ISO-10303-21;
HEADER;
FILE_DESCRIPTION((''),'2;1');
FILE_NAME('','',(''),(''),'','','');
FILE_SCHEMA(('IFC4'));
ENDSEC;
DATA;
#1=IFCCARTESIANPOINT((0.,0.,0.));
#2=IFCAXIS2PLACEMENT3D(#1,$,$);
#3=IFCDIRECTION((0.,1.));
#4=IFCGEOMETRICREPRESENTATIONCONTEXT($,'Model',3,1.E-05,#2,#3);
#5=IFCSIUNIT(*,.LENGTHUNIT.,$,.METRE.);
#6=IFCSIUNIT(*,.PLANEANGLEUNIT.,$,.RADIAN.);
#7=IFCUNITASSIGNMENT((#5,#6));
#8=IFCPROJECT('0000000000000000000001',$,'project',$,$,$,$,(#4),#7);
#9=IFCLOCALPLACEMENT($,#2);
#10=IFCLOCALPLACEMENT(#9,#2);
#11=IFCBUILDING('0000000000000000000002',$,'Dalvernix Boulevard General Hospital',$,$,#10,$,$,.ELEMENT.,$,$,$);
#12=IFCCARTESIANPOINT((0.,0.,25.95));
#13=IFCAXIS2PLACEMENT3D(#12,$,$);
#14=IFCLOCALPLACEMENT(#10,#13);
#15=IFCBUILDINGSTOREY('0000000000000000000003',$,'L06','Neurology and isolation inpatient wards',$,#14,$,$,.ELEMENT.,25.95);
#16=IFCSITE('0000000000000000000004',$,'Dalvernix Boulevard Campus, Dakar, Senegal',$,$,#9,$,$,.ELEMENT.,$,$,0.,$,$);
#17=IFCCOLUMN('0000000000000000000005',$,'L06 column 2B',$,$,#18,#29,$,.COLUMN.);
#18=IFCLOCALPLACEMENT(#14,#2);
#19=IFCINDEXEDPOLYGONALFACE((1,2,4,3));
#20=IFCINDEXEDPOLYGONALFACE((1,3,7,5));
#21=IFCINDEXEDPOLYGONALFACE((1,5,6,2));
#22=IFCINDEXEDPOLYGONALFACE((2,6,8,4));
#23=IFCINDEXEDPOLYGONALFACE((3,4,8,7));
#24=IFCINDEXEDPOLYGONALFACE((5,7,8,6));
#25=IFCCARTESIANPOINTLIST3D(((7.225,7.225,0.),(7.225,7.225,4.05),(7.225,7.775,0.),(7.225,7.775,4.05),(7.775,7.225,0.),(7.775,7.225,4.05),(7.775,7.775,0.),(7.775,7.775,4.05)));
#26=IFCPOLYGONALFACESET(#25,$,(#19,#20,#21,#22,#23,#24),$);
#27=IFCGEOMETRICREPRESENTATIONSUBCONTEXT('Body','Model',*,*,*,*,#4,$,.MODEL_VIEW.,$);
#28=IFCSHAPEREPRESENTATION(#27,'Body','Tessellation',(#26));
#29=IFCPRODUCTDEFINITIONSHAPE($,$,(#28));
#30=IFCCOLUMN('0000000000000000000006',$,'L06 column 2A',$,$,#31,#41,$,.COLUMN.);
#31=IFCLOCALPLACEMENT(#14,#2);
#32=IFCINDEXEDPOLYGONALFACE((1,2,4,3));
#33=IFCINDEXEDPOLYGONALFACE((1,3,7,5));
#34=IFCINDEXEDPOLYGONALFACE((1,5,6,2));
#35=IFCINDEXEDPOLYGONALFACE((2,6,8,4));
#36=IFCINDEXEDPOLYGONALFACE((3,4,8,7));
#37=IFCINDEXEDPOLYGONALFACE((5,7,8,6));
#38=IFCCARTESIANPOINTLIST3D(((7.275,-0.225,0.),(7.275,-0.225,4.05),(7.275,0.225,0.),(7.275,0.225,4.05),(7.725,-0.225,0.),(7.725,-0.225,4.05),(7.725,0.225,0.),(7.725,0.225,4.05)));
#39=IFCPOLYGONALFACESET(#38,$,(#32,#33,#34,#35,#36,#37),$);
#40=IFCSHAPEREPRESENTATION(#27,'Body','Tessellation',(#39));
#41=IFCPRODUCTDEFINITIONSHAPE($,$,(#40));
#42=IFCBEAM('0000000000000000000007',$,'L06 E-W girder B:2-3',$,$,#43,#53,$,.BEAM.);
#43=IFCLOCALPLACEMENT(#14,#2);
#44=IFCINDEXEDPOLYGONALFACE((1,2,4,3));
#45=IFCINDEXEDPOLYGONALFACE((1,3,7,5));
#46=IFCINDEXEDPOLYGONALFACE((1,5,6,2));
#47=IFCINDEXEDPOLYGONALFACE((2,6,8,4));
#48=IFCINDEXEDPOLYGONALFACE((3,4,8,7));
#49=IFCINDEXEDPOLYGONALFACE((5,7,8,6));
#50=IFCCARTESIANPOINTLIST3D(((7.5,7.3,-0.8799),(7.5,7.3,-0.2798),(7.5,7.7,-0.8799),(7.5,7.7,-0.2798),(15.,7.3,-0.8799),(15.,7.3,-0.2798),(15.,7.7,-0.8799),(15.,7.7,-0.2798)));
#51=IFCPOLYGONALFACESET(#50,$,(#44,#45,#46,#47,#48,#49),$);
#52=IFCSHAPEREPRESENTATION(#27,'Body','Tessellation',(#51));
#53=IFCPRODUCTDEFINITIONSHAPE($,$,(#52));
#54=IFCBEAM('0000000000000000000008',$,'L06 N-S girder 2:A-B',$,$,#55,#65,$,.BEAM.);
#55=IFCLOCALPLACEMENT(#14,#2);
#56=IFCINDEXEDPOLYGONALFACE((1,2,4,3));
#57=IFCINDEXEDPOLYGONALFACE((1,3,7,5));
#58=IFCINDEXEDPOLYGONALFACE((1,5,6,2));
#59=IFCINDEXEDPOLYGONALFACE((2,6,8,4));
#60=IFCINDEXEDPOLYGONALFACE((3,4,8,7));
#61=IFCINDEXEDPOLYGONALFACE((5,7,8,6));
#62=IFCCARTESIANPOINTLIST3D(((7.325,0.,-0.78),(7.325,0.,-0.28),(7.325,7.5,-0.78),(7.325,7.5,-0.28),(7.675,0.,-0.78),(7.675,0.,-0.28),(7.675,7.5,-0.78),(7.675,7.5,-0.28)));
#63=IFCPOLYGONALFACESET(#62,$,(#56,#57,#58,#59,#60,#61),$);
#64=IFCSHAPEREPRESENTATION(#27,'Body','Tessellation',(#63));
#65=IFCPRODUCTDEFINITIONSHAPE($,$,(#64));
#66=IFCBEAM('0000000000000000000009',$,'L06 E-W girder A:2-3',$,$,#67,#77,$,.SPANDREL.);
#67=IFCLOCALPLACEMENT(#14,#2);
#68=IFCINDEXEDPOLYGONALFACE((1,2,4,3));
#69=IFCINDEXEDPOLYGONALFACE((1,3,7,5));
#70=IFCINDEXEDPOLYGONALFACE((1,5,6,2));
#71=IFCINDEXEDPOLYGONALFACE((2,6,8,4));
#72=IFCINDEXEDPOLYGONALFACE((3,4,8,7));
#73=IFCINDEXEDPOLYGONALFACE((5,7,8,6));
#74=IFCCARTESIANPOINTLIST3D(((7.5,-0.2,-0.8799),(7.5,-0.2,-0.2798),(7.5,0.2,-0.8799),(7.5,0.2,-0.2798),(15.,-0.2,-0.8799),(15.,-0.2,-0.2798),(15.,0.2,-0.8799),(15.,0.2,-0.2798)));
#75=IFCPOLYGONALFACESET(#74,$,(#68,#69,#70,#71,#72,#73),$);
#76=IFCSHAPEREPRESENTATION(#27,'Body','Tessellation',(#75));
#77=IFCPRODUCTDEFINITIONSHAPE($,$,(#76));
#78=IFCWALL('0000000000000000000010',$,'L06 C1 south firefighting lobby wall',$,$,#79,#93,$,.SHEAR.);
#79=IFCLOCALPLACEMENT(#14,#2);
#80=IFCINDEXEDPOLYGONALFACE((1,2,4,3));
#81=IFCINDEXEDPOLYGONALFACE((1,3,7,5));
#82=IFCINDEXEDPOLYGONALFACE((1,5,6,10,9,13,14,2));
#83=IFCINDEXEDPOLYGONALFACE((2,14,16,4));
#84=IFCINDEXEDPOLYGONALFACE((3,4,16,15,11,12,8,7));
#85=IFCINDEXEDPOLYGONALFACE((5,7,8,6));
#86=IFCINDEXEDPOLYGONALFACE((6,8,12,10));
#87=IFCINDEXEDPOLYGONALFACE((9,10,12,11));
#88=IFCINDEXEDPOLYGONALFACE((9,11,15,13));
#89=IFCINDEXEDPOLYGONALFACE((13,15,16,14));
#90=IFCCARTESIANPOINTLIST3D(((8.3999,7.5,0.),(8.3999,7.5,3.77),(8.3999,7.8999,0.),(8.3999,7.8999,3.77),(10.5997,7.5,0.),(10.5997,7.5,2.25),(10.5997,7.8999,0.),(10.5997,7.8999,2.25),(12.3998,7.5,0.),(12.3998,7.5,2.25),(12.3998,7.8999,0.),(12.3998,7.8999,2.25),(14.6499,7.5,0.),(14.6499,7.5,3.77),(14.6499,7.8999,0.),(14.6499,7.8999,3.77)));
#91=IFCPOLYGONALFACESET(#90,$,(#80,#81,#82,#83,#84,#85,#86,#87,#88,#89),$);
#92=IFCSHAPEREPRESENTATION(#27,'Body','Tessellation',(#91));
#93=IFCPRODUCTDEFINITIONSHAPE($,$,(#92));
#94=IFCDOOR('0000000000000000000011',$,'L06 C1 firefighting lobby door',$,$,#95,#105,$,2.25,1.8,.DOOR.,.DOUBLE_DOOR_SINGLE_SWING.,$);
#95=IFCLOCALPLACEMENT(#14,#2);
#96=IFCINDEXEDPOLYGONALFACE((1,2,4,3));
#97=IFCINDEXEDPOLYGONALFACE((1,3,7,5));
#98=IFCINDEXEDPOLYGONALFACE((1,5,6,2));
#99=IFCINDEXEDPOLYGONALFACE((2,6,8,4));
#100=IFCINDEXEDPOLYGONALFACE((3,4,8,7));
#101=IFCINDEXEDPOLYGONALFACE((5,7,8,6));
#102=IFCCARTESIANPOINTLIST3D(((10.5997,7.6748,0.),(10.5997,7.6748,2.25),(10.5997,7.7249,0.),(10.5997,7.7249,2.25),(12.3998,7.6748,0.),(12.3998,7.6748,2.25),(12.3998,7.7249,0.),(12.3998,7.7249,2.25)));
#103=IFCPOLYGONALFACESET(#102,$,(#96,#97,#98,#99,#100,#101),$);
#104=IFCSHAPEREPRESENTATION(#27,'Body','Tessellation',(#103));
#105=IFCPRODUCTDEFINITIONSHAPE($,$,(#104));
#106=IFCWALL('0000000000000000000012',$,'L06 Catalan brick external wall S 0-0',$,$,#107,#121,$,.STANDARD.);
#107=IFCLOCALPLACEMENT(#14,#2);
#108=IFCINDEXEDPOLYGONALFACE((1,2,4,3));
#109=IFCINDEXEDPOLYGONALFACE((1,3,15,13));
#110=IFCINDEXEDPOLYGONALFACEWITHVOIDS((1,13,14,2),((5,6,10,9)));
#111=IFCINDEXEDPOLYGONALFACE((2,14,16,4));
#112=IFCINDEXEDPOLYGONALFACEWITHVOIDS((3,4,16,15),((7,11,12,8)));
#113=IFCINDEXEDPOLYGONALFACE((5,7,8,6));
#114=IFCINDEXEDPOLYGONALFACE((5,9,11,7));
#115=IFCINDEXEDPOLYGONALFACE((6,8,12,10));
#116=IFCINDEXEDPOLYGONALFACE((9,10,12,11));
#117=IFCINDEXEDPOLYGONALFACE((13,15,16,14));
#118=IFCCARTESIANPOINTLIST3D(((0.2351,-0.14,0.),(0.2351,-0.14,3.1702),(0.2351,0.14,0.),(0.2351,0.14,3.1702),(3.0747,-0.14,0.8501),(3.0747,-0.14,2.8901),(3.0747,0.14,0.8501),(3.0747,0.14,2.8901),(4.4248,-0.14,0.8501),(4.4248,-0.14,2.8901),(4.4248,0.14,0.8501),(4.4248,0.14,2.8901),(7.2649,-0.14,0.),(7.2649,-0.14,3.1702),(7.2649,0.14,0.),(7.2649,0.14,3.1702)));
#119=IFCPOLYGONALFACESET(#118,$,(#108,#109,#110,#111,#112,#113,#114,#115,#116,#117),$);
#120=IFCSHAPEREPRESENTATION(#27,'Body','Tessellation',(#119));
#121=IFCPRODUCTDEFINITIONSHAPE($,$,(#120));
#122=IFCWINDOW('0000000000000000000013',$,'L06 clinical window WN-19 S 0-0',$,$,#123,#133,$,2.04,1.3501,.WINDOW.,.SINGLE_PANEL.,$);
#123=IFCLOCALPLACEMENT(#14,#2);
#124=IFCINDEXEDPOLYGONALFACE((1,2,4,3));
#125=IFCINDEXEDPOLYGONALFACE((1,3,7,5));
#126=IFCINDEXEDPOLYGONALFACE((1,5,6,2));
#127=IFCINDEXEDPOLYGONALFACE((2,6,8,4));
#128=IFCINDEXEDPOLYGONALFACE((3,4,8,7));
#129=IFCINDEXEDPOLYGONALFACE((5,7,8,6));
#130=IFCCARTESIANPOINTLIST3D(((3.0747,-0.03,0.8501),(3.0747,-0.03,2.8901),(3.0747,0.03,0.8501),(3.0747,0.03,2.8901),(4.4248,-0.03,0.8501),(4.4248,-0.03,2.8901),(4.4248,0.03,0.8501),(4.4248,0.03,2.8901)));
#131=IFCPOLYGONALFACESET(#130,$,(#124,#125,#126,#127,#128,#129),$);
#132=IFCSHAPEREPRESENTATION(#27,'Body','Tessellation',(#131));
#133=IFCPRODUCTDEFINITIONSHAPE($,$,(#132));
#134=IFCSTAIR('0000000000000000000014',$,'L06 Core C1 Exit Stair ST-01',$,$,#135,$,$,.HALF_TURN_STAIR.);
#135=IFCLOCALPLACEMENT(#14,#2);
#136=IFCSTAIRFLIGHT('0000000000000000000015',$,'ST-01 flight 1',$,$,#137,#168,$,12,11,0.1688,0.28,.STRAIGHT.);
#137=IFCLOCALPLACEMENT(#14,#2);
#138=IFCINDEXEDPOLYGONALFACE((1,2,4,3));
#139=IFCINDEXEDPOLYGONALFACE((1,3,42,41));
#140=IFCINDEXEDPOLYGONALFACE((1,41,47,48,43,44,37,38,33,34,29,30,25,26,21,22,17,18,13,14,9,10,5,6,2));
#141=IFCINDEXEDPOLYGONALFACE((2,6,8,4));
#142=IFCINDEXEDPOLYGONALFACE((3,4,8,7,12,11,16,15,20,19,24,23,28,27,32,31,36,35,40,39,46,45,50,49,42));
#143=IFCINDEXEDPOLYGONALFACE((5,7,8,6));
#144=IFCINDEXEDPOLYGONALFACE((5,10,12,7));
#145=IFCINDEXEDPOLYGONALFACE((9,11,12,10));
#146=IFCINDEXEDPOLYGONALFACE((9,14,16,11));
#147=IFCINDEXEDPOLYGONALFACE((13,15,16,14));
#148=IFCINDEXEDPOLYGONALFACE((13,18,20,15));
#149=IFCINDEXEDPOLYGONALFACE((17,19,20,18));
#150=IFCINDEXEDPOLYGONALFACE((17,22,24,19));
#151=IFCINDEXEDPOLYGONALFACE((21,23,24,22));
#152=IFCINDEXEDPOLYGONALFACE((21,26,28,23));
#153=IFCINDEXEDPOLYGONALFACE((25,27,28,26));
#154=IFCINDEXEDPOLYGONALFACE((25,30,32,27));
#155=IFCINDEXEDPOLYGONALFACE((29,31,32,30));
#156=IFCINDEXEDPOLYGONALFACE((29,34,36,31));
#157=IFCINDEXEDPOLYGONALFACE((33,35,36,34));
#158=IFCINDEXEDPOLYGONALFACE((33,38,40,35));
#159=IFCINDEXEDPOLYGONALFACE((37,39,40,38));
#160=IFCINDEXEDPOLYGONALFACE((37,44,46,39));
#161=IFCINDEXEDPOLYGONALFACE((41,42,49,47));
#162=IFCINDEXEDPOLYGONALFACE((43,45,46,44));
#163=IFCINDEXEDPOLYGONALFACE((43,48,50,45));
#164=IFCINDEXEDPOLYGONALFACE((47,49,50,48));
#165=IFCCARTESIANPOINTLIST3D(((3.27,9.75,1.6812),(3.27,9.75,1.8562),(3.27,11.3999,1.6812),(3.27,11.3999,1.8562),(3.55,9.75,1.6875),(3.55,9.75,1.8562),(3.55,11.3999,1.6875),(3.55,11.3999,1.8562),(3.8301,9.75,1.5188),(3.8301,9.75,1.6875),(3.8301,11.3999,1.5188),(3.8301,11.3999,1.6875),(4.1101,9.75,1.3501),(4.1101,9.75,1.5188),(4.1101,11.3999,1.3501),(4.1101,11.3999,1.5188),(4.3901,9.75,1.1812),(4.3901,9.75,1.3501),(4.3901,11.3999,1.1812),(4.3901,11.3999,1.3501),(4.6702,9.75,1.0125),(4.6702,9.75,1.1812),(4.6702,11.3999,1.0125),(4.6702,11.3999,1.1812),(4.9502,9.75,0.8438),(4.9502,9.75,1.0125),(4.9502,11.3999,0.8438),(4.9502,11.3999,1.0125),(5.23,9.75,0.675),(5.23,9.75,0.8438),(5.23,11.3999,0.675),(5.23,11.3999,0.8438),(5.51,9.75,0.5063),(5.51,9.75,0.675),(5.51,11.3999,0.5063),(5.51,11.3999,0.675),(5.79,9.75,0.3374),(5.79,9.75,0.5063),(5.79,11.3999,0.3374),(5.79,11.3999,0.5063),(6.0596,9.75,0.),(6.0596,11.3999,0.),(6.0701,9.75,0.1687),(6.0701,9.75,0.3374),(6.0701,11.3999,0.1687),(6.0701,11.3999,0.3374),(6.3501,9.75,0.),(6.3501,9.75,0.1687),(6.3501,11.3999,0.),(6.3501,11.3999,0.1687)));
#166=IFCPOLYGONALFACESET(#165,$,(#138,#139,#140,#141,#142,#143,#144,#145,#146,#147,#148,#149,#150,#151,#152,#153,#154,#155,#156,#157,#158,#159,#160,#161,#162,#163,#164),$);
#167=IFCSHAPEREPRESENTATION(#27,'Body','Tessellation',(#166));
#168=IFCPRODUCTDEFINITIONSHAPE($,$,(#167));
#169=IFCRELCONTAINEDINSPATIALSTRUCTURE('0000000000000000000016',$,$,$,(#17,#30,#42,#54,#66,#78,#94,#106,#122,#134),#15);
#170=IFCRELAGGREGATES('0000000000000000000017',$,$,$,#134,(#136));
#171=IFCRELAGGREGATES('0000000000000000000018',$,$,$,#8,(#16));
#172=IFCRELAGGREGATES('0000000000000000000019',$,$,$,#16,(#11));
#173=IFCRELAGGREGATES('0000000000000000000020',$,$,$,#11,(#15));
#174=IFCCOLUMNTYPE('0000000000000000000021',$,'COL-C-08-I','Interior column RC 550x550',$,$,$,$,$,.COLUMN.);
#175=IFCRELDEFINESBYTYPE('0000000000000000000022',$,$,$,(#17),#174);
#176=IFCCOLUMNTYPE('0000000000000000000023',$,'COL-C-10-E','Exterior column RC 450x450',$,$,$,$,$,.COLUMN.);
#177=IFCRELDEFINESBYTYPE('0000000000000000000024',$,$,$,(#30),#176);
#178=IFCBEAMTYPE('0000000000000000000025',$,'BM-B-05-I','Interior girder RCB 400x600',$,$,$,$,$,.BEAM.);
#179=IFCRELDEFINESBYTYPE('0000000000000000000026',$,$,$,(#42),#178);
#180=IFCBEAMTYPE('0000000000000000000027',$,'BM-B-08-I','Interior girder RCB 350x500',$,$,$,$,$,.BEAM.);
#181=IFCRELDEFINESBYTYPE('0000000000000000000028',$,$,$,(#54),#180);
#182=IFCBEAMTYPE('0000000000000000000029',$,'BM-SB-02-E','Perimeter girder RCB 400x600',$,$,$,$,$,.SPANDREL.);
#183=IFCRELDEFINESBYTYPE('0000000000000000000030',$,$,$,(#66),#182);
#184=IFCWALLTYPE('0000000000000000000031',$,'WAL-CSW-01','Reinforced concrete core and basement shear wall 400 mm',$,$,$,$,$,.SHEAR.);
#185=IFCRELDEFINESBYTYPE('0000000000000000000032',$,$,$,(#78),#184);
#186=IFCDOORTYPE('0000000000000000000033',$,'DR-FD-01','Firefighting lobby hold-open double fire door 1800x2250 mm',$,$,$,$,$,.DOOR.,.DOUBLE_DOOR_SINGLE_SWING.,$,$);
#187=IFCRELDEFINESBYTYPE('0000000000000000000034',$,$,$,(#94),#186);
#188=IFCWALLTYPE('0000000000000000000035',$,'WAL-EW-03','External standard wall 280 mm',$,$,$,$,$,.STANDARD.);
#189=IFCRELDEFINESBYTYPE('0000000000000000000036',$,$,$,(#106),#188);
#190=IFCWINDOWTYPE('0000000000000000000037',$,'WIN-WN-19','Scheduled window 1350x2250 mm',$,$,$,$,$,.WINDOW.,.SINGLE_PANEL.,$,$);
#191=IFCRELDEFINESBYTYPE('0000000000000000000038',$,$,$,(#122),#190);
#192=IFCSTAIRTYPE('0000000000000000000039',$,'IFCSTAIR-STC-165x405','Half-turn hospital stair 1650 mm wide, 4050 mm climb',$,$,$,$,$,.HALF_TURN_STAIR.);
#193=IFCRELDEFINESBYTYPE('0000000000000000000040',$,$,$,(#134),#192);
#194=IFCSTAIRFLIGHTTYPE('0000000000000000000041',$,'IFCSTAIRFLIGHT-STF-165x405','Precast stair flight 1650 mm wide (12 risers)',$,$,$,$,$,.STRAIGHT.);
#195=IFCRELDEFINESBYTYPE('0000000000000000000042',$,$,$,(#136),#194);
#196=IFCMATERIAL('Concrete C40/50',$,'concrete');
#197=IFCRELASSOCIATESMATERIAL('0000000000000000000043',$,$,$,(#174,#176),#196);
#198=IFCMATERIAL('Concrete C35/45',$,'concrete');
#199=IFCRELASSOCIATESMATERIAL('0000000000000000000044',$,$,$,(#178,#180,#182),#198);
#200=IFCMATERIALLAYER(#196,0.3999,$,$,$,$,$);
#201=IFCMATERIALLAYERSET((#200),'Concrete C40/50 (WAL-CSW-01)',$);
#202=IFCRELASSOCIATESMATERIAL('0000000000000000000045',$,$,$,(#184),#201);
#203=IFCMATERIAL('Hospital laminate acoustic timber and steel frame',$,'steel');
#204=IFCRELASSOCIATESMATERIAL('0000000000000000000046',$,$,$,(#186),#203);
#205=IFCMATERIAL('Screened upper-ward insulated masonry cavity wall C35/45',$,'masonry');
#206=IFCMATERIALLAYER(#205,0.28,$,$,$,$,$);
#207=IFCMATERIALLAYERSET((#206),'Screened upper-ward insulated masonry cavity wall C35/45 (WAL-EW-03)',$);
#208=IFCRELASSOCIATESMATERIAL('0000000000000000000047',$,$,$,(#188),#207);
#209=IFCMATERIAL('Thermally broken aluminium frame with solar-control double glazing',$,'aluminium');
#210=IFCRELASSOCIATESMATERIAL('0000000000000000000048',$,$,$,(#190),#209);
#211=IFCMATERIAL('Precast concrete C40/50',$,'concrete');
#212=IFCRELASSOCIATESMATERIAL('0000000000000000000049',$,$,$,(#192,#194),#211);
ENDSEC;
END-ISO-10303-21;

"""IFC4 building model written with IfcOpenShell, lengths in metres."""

from ifc_helpers import new_model, si_unit, direction, frame, frame_2d, origin, origin_2d, place, context, subcontext, project, spatial, polyline, rectangle, outline, extrude, material, layer, layer_set, material_profile, profile_set, type_object, element, fill, aggregate, save


model = new_model("IFC4")

# Units and contexts
model_context = context("Model", 3, precision=1e-05, world=origin(), true_north=direction((0.0, 1.0)))
body_context = subcontext(model_context, "Body", "Model", "MODEL_VIEW")
ifc_project = project(units=[si_unit("LENGTHUNIT", "METRE"), si_unit("PLANEANGLEUNIT", "RADIAN")], contexts=[model_context])

# Site, building, storey
site_placement = place(None, origin())
site = spatial("IfcSite", under=ifc_project, at=site_placement, Name="Dalvernix Boulevard Campus, Dakar, Senegal", CompositionType="ELEMENT", RefElevation=0.0)
building_placement = place(site_placement, origin())
building = spatial("IfcBuilding", under=site, at=building_placement, Name="Dalvernix Boulevard General Hospital", CompositionType="ELEMENT")
storey_placement = place(building_placement, frame((0.0, 0.0, 25.95)))
storey = spatial("IfcBuildingStorey", under=building, at=storey_placement, Name="L06", Description="Neurology and isolation inpatient wards", CompositionType="ELEMENT", Elevation=25.95)

# Columns
ifc_material_1 = material(Name="Concrete C40/50", Category="concrete")
ifc_material_profile_1 = material_profile(ifc_material_1, rectangle(XDim=0.55, YDim=0.55, at=origin_2d()), Name="RC 550x550")
ifc_profile_set_1 = profile_set([ifc_material_profile_1], Name="Concrete C40/50")
column_type_1 = type_object("IfcColumnType", Name="COL-C-08-I", Description="Interior column RC 550x550", PredefinedType="COLUMN", material=ifc_profile_set_1)
column_1_placement = place(storey_placement, frame((7.5, 7.5, 0.0), z_axis=(0.0, 0.0, 1.0), x_axis=(1.0, 0.0, 0.0)))
element("IfcColumn", 1, at=column_1_placement, inside=storey, type_object=column_type_1, Name="L06 column 2B", PredefinedType="COLUMN", context=body_context, shape_type="SweptSolid", body=[
    extrude(rectangle(XDim=0.55, YDim=0.55, at=origin_2d()), origin(), (0.0, 0.0, 1.0), 4.05),
])
ifc_material_profile_2 = material_profile(ifc_material_1, rectangle(XDim=0.45, YDim=0.45, at=origin_2d()), Name="RC 450x450")
ifc_profile_set_2 = profile_set([ifc_material_profile_2], Name="Concrete C40/50")
column_type_2 = type_object("IfcColumnType", Name="COL-C-10-E", Description="Exterior column RC 450x450", PredefinedType="COLUMN", material=ifc_profile_set_2)
column_2_placement = place(storey_placement, frame((7.5, 0.0, 0.0), z_axis=(0.0, 0.0, 1.0), x_axis=(1.0, 0.0, 0.0)))
element("IfcColumn", 2, at=column_2_placement, inside=storey, type_object=column_type_2, Name="L06 column 2A", PredefinedType="COLUMN", context=body_context, shape_type="SweptSolid", body=[
    extrude(rectangle(XDim=0.45, YDim=0.45, at=origin_2d()), origin(), (0.0, 0.0, 1.0), 4.05),
])

# Beams
ifc_material_2 = material(Name="Concrete C35/45", Category="concrete")
ifc_material_profile_3 = material_profile(ifc_material_2, rectangle(XDim=0.3999, YDim=0.6001, at=origin_2d()), Name="RCB 400x600")
ifc_profile_set_3 = profile_set([ifc_material_profile_3], Name="Concrete C35/45")
beam_type_1 = type_object("IfcBeamType", Name="BM-B-05-I", Description="Interior girder RCB 400x600", PredefinedType="BEAM", material=ifc_profile_set_3)
beam_1_placement = place(storey_placement, frame((7.5, 7.5, -0.5798), z_axis=(1.0, 0.0, 0.0), x_axis=(0.0, 1.0, 0.0)))
element("IfcBeam", 3, at=beam_1_placement, inside=storey, type_object=beam_type_1, Name="L06 E-W girder B:2-3", PredefinedType="BEAM", context=body_context, shape_type="SweptSolid", body=[
    extrude(rectangle(XDim=0.3999, YDim=0.6001, at=origin_2d()), origin(), (0.0, 0.0, 1.0), 7.5),
])
ifc_material_profile_4 = material_profile(ifc_material_2, rectangle(XDim=0.3501, YDim=0.5, at=origin_2d()), Name="RCB 350x500")
ifc_profile_set_4 = profile_set([ifc_material_profile_4], Name="Concrete C35/45")
beam_type_2 = type_object("IfcBeamType", Name="BM-B-08-I", Description="Interior girder RCB 350x500", PredefinedType="BEAM", material=ifc_profile_set_4)
beam_2_placement = place(storey_placement, frame((7.5, 0.0, -0.53), z_axis=(0.0, 1.0, 0.0), x_axis=(-1.0, 0.0, 0.0)))
element("IfcBeam", 4, at=beam_2_placement, inside=storey, type_object=beam_type_2, Name="L06 N-S girder 2:A-B", PredefinedType="BEAM", context=body_context, shape_type="SweptSolid", body=[
    extrude(rectangle(XDim=0.3501, YDim=0.5, at=origin_2d()), origin(), (0.0, 0.0, 1.0), 7.5),
])
ifc_material_profile_5 = material_profile(ifc_material_2, rectangle(XDim=0.3999, YDim=0.6001, at=origin_2d()), Name="RCB 400x600")
ifc_profile_set_5 = profile_set([ifc_material_profile_5], Name="Concrete C35/45")
beam_type_3 = type_object("IfcBeamType", Name="BM-SB-02-E", Description="Perimeter girder RCB 400x600", PredefinedType="SPANDREL", material=ifc_profile_set_5)
beam_3_placement = place(storey_placement, frame((7.5, 0.0, -0.5798), z_axis=(1.0, 0.0, 0.0), x_axis=(0.0, 1.0, 0.0)))
element("IfcBeam", 5, at=beam_3_placement, inside=storey, type_object=beam_type_3, Name="L06 E-W girder A:2-3", PredefinedType="SPANDREL", context=body_context, shape_type="SweptSolid", body=[
    extrude(rectangle(XDim=0.3999, YDim=0.6001, at=origin_2d()), origin(), (0.0, 0.0, 1.0), 7.5),
])

# Wall, opening, door
ifc_layer_1 = layer(ifc_material_1, 0.3999)
ifc_layer_set_1 = layer_set([ifc_layer_1], Name="Concrete C40/50 (WAL-CSW-01)")
wall_type_1 = type_object("IfcWallType", Name="WAL-CSW-01", Description="Reinforced concrete core and basement shear wall 400 mm", PredefinedType="SHEAR", material=ifc_layer_set_1)
wall_1_placement = place(storey_placement, frame((8.3999, 7.7, 0.0), z_axis=(0.0, 0.0, 1.0), x_axis=(1.0, 0.0, 0.0)))
wall_1 = element("IfcWall", 6, at=wall_1_placement, inside=storey, type_object=wall_type_1, Name="L06 C1 south firefighting lobby wall", PredefinedType="SHEAR", context=body_context, shape_type="SweptSolid", body=[
    extrude(rectangle(XDim=6.25, YDim=0.3999, at=frame_2d((3.125, 0.0))), origin(), (0.0, 0.0, 1.0), 3.77),
])
opening_1_placement = place(wall_1_placement, frame((2.2, 0.0, 0.0)))
opening_1 = element("IfcOpeningElement", 7, at=opening_1_placement, cuts=wall_1, PredefinedType="OPENING", context=body_context, shape_type="SweptSolid", body=[
    extrude(rectangle(XDim=1.8, YDim=2.25, at=frame_2d((0.8999, 1.125))), frame((0.0, 0.21, 0.0), z_axis=(0.0, -1.0, 0.0), x_axis=(1.0, 0.0, 0.0)), (0.0, 0.0, 1.0), 0.4199),
])
ifc_material_3 = material(Name="Hospital laminate acoustic timber and steel frame", Category="steel")
door_type = type_object("IfcDoorType", Name="DR-FD-01", Description="Firefighting lobby hold-open double fire door 1800x2250 mm", OperationType="DOUBLE_DOOR_SINGLE_SWING", PredefinedType="DOOR", material=ifc_material_3)
door_placement = place(opening_1_placement, origin())
door = element("IfcDoor", 8, at=door_placement, inside=storey, type_object=door_type, Name="L06 C1 firefighting lobby door", OperationType="DOUBLE_DOOR_SINGLE_SWING", OverallHeight=2.25, OverallWidth=1.8, PredefinedType="DOOR", context=body_context, shape_type="SweptSolid", body=[
    extrude(rectangle(XDim=1.8, YDim=2.25, at=frame_2d((0.8999, 1.125))), frame((0.0, 0.0249, 0.0), z_axis=(0.0, -1.0, 0.0), x_axis=(1.0, 0.0, 0.0)), (0.0, 0.0, 1.0), 0.05),
])
fill(opening_1, door)

# Wall, opening, window
ifc_material_4 = material(Name="Screened upper-ward insulated masonry cavity wall C35/45", Category="masonry")
ifc_layer_2 = layer(ifc_material_4, 0.28)
ifc_layer_set_2 = layer_set([ifc_layer_2], Name="Screened upper-ward insulated masonry cavity wall C35/45 (WAL-EW-03)")
wall_type_2 = type_object("IfcWallType", Name="WAL-EW-03", Description="External standard wall 280 mm", PredefinedType="STANDARD", material=ifc_layer_set_2)
wall_2_placement = place(storey_placement, frame((7.2649, 0.0, 0.0), z_axis=(0.0, 0.0, 1.0), x_axis=(-1.0, 0.0, 0.0)))
wall_2 = element("IfcWall", 9, at=wall_2_placement, inside=storey, type_object=wall_type_2, Name="L06 Catalan brick external wall S 0-0", PredefinedType="STANDARD", context=body_context, shape_type="SweptSolid", body=[
    extrude(rectangle(XDim=7.0298, YDim=0.28, at=frame_2d((3.5149, 0.0))), origin(), (0.0, 0.0, 1.0), 3.1702),
])
opening_2_placement = place(wall_2_placement, frame((2.8401, 0.0, 0.8501)))
opening_2 = element("IfcOpeningElement", 10, at=opening_2_placement, cuts=wall_2, PredefinedType="OPENING", context=body_context, shape_type="SweptSolid", body=[
    extrude(rectangle(XDim=1.3501, YDim=2.04, at=frame_2d((0.675, 1.02))), frame((0.0, 0.1499, 0.0), z_axis=(0.0, -1.0, 0.0), x_axis=(1.0, 0.0, 0.0)), (0.0, 0.0, 1.0), 0.3),
])
ifc_material_5 = material(Name="Thermally broken aluminium frame with solar-control double glazing", Category="aluminium")
window_type = type_object("IfcWindowType", Name="WIN-WN-19", Description="Scheduled window 1350x2250 mm", PartitioningType="SINGLE_PANEL", PredefinedType="WINDOW", material=ifc_material_5)
window_placement = place(opening_2_placement, origin())
window = element("IfcWindow", 11, at=window_placement, inside=storey, type_object=window_type, Name="L06 clinical window WN-19 S 0-0", OverallHeight=2.04, OverallWidth=1.3501, PartitioningType="SINGLE_PANEL", PredefinedType="WINDOW", context=body_context, shape_type="SweptSolid", body=[
    extrude(rectangle(XDim=1.3501, YDim=2.04, at=frame_2d((0.675, 1.02))), frame((0.0, 0.03, 0.0), z_axis=(0.0, -1.0, 0.0), x_axis=(1.0, 0.0, 0.0)), (0.0, 0.0, 1.0), 0.0601),
])
fill(opening_2, window)

# Stair, stair flight
ifc_material_6 = material(Name="Precast concrete C40/50", Category="concrete")
stair_type = type_object("IfcStairType", Name="IFCSTAIR-STC-165x405", Description="Half-turn hospital stair 1650 mm wide, 4050 mm climb", PredefinedType="HALF_TURN_STAIR", material=ifc_material_6)
stair_placement = place(storey_placement, origin())
stair = element("IfcStair", 12, at=stair_placement, inside=storey, type_object=stair_type, Name="L06 Core C1 Exit Stair ST-01", PredefinedType="HALF_TURN_STAIR")
stair_flight_type = type_object("IfcStairFlightType", Name="IFCSTAIRFLIGHT-STF-165x405", Description="Precast stair flight 1650 mm wide (12 risers)", PredefinedType="STRAIGHT", material=ifc_material_6)
stair_flight_1_placement = place(storey_placement, frame((6.3501, 10.575, 0.0), z_axis=(0.0, 0.0, 1.0), x_axis=(-1.0, 0.0, 0.0)))
stair_flight_1 = element("IfcStairFlight", 13, at=stair_flight_1_placement, type_object=stair_flight_type, Name="ST-01 flight 1", NumberOfRisers=12, NumberOfTreads=11, PredefinedType="STRAIGHT", RiserHeight=0.1688, TreadLength=0.28, context=body_context, shape_type="SweptSolid", body=[
    extrude(outline(polyline([(0.0, 0.0), (0.0, 0.1687), (0.28, 0.1687), (0.28, 0.3374), (0.5601, 0.3374), (0.5601, 0.5063), (0.8401, 0.5063), (0.8401, 0.675), (1.1201, 0.675), (1.1201, 0.8438), (1.3999, 0.8438), (1.3999, 1.0125), (1.6799, 1.0125), (1.6799, 1.1812), (1.96, 1.1812), (1.96, 1.3501), (2.24, 1.3501), (2.24, 1.5188), (2.52, 1.5188), (2.52, 1.6875), (2.8, 1.6875), (2.8, 1.8562), (3.0801, 1.8562), (3.0801, 2.0249), (3.0801, 1.6812), (0.2905, 0.0), (0.0, 0.0)])), frame((0.0, 0.825, 0.0), z_axis=(0.0, -1.0, 0.0), x_axis=(1.0, 0.0, 0.0)), (0.0, 0.0, 1.0), 1.6499),
])
aggregate(stair, [stair_flight_1])

save(model, "model.ifc")
